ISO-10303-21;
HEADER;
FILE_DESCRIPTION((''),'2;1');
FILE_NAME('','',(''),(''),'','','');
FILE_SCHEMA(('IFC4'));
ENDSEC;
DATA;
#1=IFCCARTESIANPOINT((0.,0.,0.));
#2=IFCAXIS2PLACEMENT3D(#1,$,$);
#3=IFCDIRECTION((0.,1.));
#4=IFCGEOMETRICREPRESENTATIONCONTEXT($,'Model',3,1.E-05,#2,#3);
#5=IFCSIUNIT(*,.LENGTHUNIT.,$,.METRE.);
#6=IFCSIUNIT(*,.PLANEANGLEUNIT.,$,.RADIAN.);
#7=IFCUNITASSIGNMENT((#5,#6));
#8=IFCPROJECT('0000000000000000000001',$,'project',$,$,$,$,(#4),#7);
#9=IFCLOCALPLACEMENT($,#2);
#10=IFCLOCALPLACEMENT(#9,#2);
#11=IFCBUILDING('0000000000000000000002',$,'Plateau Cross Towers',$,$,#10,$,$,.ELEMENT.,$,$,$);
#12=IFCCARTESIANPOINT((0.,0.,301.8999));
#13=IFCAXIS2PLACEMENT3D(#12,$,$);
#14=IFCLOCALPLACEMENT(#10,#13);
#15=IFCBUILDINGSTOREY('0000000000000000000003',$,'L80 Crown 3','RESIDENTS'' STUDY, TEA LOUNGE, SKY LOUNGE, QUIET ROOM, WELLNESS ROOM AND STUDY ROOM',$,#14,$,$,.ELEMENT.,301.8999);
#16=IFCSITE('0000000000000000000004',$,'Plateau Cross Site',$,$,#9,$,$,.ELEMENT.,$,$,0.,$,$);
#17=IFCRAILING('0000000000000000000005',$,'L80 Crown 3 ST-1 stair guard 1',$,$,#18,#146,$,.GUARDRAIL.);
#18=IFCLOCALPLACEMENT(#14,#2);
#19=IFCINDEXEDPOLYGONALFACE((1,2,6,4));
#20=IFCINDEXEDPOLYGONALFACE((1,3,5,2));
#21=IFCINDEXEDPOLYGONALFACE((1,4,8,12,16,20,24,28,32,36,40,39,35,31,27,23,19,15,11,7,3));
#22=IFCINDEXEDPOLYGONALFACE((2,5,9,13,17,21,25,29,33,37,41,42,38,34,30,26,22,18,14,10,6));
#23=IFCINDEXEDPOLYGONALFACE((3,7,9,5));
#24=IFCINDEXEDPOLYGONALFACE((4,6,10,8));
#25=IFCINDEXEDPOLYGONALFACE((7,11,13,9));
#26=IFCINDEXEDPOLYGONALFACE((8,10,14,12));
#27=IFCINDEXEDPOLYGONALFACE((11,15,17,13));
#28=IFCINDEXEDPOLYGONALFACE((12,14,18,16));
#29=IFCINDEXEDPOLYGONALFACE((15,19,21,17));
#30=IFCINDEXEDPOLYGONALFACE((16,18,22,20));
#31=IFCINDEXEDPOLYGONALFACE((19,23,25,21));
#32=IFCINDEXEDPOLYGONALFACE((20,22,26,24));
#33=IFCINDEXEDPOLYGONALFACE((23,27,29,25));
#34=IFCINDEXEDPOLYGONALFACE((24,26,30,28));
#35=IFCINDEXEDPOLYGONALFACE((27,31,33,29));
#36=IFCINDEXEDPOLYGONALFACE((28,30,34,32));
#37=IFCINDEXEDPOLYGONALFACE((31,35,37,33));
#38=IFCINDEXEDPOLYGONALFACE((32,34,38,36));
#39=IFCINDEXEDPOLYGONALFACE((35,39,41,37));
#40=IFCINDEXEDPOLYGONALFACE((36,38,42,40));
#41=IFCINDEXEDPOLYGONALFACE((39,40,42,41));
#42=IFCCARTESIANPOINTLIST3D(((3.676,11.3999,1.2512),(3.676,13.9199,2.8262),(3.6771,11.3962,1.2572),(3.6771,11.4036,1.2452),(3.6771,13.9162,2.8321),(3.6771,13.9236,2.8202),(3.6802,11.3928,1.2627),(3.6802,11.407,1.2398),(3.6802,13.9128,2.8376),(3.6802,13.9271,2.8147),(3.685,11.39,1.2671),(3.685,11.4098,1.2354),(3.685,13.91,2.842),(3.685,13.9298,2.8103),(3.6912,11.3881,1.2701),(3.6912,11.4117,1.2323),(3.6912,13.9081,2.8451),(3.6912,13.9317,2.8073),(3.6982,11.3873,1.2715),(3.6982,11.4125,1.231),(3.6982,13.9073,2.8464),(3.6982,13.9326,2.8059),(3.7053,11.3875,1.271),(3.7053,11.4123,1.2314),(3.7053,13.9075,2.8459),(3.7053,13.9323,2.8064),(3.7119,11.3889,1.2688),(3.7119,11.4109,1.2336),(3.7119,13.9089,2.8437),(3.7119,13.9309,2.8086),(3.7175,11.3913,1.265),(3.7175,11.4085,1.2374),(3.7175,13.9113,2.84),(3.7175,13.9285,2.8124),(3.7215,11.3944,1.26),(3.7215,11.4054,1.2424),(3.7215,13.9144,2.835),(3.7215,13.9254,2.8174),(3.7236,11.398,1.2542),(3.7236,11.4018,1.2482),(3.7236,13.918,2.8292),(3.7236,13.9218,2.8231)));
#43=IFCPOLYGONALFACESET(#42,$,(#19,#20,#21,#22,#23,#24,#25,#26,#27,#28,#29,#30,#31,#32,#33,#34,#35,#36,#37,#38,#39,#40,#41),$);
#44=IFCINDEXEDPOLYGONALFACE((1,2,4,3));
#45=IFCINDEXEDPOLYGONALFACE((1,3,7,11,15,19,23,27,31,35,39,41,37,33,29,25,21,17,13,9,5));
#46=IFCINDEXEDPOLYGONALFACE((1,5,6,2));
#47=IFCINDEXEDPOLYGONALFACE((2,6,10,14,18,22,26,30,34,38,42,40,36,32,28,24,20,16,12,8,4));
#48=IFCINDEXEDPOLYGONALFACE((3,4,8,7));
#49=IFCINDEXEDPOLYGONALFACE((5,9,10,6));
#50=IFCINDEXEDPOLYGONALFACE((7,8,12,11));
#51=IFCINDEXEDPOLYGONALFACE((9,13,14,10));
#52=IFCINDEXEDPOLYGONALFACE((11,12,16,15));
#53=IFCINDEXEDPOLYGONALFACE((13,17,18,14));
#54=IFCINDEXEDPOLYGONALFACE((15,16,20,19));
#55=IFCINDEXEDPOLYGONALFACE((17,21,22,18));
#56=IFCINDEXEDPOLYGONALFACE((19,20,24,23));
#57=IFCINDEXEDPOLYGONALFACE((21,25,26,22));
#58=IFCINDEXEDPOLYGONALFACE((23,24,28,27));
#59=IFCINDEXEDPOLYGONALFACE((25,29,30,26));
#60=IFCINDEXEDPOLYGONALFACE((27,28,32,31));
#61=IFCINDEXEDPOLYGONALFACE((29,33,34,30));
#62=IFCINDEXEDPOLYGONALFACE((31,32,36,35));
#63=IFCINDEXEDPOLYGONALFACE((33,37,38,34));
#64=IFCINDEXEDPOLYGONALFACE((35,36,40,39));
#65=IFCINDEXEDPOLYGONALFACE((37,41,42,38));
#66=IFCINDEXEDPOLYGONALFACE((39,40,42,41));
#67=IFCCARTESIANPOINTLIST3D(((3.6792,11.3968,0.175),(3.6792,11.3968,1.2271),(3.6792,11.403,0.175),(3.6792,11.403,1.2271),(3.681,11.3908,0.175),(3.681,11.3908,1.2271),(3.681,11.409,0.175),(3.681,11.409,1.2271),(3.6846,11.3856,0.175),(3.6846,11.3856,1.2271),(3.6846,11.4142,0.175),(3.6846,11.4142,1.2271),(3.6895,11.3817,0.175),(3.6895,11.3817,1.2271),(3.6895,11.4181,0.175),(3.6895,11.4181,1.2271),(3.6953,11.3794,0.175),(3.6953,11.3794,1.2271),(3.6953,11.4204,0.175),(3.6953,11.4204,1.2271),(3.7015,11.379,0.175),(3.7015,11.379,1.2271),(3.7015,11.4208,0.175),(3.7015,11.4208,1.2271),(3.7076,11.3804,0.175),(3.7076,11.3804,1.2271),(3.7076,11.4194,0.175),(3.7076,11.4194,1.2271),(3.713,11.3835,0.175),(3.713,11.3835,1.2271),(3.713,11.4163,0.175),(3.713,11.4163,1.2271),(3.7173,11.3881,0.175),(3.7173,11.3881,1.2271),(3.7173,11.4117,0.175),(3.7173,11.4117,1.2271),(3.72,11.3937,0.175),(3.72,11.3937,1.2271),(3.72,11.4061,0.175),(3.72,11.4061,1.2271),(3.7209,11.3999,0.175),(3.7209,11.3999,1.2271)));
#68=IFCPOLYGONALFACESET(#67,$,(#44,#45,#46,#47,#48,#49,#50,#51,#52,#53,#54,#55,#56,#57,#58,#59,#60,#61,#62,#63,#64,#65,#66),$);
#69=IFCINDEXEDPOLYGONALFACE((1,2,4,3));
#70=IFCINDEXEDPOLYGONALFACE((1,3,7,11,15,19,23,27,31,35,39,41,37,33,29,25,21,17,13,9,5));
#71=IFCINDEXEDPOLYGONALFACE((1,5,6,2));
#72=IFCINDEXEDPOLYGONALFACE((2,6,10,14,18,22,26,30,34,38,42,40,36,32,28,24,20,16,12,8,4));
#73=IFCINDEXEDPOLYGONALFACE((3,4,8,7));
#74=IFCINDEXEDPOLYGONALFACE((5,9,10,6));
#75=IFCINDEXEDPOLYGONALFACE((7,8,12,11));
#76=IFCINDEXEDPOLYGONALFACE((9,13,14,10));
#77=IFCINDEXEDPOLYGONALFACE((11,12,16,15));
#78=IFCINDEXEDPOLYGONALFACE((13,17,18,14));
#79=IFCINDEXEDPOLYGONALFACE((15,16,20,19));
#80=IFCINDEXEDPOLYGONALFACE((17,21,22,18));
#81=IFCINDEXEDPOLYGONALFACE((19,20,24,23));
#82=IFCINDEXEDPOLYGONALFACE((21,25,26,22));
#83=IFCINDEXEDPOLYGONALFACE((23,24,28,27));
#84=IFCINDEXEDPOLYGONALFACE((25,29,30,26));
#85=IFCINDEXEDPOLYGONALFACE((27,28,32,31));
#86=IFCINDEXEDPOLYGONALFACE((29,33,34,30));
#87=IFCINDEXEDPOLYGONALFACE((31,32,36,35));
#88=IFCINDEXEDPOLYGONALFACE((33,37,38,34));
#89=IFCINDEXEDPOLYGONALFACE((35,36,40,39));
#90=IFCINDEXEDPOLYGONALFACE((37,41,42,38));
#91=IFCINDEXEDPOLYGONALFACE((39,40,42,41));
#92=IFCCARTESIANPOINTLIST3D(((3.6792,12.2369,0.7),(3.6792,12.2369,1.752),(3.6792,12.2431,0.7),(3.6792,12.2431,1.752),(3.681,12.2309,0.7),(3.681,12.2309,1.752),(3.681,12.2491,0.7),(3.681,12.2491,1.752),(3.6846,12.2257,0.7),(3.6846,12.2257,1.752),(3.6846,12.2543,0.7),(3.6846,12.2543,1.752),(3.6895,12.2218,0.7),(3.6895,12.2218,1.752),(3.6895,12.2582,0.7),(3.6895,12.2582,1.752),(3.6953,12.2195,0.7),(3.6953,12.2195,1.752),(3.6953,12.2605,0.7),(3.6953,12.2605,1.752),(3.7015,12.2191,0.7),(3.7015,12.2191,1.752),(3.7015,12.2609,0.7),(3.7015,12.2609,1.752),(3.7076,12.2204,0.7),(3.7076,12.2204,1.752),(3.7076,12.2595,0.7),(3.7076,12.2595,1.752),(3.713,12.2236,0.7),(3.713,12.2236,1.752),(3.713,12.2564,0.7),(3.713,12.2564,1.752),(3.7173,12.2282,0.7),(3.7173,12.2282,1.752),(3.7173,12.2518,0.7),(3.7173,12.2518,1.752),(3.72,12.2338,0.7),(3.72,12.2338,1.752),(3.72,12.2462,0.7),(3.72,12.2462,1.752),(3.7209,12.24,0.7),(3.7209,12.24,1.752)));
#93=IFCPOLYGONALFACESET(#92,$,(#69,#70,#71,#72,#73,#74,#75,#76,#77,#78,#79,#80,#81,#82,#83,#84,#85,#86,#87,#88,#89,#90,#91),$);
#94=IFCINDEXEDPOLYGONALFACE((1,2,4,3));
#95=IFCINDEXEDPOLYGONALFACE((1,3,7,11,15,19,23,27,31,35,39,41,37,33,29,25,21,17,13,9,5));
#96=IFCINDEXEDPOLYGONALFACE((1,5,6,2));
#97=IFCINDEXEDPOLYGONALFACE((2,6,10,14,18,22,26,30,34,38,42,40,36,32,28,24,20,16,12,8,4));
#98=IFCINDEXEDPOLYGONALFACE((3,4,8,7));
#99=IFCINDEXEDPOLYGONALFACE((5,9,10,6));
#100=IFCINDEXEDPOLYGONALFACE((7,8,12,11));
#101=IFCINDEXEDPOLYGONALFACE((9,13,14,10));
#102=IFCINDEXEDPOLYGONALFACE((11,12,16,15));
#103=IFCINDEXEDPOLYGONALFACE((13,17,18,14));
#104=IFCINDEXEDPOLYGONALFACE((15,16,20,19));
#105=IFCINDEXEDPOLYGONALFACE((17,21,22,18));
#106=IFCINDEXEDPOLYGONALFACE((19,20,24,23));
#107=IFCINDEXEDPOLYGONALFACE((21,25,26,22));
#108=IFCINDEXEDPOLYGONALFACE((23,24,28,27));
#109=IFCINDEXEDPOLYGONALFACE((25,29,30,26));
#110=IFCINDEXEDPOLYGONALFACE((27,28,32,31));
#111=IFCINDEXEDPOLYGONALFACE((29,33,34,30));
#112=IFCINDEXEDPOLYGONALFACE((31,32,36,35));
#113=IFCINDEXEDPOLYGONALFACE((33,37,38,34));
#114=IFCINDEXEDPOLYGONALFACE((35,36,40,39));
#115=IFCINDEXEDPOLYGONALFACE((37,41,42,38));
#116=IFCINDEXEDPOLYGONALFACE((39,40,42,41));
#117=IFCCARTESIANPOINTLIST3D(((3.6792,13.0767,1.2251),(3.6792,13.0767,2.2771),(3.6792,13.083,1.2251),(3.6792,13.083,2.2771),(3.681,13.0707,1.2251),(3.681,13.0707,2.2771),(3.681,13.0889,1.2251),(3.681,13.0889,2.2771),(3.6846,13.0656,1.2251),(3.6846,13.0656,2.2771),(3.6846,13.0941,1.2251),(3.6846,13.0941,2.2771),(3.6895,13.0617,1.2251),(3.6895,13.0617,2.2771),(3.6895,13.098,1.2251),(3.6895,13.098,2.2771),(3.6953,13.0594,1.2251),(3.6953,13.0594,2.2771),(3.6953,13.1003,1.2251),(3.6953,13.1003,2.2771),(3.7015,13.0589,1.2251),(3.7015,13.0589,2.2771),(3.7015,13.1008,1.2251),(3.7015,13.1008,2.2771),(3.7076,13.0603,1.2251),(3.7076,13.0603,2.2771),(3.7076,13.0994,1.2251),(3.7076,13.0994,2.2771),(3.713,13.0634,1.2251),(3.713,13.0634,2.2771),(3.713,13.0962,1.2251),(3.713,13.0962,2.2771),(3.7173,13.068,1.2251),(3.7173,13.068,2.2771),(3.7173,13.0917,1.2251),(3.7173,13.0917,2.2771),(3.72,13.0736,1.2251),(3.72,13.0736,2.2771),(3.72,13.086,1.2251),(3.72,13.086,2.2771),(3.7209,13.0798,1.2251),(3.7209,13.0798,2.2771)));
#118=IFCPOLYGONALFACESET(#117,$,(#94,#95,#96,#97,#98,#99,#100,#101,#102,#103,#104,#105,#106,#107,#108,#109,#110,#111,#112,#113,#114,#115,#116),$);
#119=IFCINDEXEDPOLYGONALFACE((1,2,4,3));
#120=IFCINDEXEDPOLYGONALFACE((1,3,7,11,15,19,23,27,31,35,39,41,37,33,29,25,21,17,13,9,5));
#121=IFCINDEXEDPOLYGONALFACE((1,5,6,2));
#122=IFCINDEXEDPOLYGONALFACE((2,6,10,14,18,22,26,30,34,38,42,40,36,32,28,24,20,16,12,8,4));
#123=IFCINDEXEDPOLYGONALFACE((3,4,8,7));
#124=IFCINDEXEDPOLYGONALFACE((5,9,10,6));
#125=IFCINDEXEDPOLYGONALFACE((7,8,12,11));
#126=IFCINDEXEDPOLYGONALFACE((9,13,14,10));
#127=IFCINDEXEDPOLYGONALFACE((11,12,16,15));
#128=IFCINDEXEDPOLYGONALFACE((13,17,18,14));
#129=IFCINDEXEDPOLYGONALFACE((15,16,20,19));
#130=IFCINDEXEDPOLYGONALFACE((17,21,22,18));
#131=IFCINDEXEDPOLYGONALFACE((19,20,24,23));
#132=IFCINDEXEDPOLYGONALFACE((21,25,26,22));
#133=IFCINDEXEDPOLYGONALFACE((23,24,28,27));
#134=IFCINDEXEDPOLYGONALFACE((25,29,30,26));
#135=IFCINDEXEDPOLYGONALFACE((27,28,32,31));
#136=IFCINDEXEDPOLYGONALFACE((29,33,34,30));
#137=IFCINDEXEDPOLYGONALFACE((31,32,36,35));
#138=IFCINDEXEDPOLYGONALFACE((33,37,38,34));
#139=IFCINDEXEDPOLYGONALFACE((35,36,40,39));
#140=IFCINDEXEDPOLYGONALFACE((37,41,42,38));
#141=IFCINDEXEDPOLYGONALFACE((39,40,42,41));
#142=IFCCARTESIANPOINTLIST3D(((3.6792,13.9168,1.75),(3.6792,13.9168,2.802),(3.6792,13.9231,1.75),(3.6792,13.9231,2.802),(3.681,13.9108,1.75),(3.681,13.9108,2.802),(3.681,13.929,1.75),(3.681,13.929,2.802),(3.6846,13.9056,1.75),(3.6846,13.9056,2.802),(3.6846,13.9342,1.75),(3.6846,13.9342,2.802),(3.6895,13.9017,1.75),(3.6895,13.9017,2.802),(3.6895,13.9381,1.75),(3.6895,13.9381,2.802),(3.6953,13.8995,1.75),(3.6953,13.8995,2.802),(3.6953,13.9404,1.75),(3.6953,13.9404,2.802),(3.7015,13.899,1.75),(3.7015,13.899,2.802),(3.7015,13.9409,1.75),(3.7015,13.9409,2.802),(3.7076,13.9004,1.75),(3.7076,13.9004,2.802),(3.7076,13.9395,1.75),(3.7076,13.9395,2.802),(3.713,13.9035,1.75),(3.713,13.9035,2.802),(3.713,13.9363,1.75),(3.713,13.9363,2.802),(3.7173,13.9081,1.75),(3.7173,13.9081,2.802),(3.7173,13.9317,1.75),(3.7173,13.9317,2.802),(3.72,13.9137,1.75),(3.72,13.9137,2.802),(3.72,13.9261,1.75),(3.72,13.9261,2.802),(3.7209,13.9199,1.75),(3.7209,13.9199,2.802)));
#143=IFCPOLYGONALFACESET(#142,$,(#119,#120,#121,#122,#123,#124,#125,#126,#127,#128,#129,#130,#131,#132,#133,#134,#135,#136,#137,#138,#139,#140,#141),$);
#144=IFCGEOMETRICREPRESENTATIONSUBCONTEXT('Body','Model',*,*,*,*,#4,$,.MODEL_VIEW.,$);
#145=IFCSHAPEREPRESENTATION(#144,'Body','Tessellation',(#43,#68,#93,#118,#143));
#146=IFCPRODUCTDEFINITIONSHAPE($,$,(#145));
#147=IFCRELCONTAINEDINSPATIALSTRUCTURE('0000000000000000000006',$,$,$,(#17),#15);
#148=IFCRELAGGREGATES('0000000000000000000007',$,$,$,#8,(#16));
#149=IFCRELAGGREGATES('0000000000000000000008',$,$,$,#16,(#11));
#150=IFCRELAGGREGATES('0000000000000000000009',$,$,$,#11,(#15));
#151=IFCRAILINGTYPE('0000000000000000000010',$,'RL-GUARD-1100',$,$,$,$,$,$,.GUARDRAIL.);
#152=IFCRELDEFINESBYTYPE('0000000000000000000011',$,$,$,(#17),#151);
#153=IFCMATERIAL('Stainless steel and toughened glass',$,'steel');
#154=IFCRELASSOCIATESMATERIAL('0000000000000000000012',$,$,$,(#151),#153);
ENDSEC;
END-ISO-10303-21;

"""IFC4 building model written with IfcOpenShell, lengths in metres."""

from ifc_helpers import new_model, si_unit, direction, frame, origin, origin_2d, place, context, subcontext, project, spatial, circle, extrude, material, type_object, element, save


model = new_model("IFC4")

# Units and contexts
model_context = context("Model", 3, precision=1e-05, world=origin(), true_north=direction((0.0, 1.0)))
body_context = subcontext(model_context, "Body", "Model", "MODEL_VIEW")
ifc_project = project(units=[si_unit("LENGTHUNIT", "METRE"), si_unit("PLANEANGLEUNIT", "RADIAN")], contexts=[model_context])

# Site, building, storey
site_placement = place(None, origin())
site = spatial("IfcSite", under=ifc_project, at=site_placement, Name="Plateau Cross Site", CompositionType="ELEMENT", RefElevation=0.0)
building_placement = place(site_placement, origin())
building = spatial("IfcBuilding", under=site, at=building_placement, Name="Plateau Cross Towers", CompositionType="ELEMENT")
storey_placement = place(building_placement, frame((0.0, 0.0, 301.8999)))
storey = spatial("IfcBuildingStorey", under=building, at=storey_placement, Name="L80 Crown 3", Description="RESIDENTS' STUDY, TEA LOUNGE, SKY LOUNGE, QUIET ROOM, WELLNESS ROOM AND STUDY ROOM", CompositionType="ELEMENT", Elevation=301.8999)

# Railing
ifc_material_1 = material(Name="Stainless steel and toughened glass", Category="steel")
railing_type_1 = type_object("IfcRailingType", Name="RL-GUARD-1100", PredefinedType="GUARDRAIL", material=ifc_material_1)
railing_1_placement = place(storey_placement, frame((3.7, 11.3999, 0.175)))
element("IfcRailing", 1, at=railing_1_placement, inside=storey, type_object=railing_type_1, Name="L80 Crown 3 ST-1 stair guard 1", PredefinedType="GUARDRAIL", context=body_context, shape_type="SweptSolid", body=[
    extrude(circle(Radius=0.0239, at=origin_2d()), frame((0.0, 0.0, 1.0762), z_axis=(0.0, 0.848008, 0.529984), x_axis=(-1.0, 0.0, 0.0)), (0.0, 0.0, 1.0), 2.9717),
    extrude(circle(Radius=0.021, at=origin_2d()), origin(), (0.0, 0.0, 1.0), 1.052),
    extrude(circle(Radius=0.021, at=origin_2d()), frame((0.0, 0.8401, 0.5249)), (0.0, 0.0, 1.0), 1.052),
    extrude(circle(Radius=0.021, at=origin_2d()), frame((0.0, 1.6799, 1.05)), (0.0, 0.0, 1.0), 1.052),
    extrude(circle(Radius=0.021, at=origin_2d()), frame((0.0, 2.52, 1.575)), (0.0, 0.0, 1.0), 1.052),
])

save(model, "model.ifc")
